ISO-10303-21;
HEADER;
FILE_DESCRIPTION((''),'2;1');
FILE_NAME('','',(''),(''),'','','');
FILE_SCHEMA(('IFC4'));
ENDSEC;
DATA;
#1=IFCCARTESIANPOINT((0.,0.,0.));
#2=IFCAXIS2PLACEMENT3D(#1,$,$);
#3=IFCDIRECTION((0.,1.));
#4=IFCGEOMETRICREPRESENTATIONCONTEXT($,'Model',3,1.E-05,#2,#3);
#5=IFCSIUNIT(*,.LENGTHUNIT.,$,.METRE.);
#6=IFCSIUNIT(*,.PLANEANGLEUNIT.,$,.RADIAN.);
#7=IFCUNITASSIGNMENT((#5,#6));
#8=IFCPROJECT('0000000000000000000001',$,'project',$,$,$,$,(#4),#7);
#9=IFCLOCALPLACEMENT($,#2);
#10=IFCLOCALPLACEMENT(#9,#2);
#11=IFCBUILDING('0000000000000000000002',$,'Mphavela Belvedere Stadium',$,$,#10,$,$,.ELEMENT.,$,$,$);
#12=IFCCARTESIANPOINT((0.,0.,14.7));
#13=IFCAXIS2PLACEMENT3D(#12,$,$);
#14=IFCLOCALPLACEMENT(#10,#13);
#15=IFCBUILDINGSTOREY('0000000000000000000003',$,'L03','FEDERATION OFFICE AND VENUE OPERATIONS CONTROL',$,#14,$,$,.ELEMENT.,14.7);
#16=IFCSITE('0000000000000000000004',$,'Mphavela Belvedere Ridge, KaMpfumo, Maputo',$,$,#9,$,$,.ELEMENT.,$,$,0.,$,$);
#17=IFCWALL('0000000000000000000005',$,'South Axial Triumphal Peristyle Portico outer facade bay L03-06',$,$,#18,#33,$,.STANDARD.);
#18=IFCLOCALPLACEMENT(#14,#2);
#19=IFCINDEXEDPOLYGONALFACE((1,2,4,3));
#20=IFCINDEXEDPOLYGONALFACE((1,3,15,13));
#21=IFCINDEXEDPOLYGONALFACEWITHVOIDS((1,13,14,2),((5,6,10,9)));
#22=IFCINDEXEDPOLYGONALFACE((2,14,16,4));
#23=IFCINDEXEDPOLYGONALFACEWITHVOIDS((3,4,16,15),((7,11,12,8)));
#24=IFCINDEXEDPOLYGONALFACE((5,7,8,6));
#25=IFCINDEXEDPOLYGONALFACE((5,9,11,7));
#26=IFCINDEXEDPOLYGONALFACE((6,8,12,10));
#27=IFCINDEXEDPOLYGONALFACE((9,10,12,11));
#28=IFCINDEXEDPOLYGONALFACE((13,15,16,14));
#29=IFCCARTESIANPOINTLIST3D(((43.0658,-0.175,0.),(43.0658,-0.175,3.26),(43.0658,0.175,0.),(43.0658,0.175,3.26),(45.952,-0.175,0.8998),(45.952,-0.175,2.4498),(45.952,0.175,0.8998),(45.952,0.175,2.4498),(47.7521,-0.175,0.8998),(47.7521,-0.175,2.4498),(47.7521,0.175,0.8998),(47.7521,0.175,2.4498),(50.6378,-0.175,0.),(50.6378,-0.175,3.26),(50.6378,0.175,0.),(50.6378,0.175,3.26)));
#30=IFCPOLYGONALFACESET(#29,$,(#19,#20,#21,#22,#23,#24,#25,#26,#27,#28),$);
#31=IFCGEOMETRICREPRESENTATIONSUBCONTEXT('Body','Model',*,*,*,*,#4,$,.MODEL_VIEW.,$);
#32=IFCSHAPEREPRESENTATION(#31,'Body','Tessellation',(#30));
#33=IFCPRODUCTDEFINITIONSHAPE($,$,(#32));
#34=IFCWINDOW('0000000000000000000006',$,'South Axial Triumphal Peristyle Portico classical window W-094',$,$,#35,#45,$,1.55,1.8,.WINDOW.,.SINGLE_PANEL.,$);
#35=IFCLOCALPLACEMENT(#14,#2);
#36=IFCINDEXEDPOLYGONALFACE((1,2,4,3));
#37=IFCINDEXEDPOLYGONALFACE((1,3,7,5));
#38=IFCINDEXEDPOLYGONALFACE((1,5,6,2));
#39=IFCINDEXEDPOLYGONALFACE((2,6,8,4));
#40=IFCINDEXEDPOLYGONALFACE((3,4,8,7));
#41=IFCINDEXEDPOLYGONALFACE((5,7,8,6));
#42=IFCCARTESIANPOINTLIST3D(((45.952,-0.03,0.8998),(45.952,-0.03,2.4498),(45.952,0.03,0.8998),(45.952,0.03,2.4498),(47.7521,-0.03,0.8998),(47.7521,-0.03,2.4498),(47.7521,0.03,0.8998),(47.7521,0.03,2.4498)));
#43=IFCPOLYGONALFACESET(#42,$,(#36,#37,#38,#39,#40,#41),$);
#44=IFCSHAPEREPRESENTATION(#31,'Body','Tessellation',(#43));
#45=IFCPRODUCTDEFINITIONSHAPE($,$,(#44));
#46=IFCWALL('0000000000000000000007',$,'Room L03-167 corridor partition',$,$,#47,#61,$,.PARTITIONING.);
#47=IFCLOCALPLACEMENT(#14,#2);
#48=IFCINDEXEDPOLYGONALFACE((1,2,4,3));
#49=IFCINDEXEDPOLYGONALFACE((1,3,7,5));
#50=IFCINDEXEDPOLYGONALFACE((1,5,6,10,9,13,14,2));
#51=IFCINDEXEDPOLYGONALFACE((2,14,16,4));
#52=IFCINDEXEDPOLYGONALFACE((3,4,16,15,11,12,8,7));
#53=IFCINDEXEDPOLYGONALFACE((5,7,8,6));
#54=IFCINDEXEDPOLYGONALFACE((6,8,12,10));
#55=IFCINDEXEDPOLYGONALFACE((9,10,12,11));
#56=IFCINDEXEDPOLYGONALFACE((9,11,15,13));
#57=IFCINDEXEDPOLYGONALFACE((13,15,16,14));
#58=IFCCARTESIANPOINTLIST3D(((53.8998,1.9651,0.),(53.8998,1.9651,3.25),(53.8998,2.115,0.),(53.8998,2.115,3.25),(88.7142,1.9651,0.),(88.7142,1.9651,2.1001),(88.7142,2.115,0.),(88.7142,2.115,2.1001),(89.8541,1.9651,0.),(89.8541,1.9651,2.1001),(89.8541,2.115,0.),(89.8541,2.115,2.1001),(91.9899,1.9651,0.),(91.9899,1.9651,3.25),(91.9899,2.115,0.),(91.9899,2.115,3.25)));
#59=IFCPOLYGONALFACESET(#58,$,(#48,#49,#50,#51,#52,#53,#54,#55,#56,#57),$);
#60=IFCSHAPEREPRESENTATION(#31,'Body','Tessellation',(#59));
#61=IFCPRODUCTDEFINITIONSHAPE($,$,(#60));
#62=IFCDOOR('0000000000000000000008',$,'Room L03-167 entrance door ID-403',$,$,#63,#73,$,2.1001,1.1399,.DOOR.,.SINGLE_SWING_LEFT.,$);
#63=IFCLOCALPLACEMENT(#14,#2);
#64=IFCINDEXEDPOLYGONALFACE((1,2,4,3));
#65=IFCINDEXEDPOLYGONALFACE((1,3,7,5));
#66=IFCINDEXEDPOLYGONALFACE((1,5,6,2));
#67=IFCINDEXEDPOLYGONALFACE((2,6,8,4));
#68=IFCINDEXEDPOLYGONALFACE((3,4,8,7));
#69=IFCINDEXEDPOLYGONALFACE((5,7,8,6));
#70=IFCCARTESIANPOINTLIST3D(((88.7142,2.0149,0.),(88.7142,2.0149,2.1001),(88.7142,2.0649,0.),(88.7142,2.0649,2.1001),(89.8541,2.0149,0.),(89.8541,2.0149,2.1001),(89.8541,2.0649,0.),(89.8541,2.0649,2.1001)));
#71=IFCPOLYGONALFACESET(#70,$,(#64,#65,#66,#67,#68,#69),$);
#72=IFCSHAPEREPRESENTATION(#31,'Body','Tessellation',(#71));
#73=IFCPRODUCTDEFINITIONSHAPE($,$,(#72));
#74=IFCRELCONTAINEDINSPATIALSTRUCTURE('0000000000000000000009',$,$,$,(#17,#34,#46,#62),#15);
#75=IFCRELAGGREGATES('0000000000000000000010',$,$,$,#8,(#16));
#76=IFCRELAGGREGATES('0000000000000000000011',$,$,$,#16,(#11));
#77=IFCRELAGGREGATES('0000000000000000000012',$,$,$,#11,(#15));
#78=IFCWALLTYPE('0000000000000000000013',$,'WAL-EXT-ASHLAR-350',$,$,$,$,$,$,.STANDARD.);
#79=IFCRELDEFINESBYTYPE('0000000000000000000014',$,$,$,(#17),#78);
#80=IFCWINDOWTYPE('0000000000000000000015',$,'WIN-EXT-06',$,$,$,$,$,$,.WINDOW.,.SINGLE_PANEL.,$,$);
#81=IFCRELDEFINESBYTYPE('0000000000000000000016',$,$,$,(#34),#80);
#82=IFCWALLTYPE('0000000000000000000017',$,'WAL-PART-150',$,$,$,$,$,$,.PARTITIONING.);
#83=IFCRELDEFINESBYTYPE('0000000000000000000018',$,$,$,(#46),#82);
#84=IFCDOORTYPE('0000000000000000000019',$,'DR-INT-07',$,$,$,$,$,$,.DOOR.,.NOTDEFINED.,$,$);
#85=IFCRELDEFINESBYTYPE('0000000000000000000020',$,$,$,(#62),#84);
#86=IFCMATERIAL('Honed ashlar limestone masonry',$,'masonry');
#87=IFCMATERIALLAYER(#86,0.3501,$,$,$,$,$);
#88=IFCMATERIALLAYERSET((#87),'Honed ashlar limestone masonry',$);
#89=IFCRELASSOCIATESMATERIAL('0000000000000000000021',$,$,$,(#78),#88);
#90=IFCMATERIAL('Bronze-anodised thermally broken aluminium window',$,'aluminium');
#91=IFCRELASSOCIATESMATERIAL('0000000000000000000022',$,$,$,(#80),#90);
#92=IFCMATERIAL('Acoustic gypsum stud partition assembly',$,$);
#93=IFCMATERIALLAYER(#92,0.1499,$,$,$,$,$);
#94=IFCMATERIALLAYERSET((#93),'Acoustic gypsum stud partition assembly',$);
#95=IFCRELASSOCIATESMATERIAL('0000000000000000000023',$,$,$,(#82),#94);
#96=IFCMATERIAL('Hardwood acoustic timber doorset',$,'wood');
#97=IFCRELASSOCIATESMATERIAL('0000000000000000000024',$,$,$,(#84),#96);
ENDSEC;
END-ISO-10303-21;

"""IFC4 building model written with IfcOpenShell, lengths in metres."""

from ifc_helpers import new_model, si_unit, direction, frame, frame_2d, origin, place, context, subcontext, project, spatial, rectangle, extrude, material, layer, layer_set, type_object, element, fill, save


model = new_model("IFC4")

# Units and contexts
model_context = context("Model", 3, precision=1e-05, world=origin(), true_north=direction((0.0, 1.0)))
body_context = subcontext(model_context, "Body", "Model", "MODEL_VIEW")
ifc_project = project(units=[si_unit("LENGTHUNIT", "METRE"), si_unit("PLANEANGLEUNIT", "RADIAN")], contexts=[model_context])

# Site, building, storey
site_placement = place(None, origin())
site = spatial("IfcSite", under=ifc_project, at=site_placement, Name="Mphavela Belvedere Ridge, KaMpfumo, Maputo", CompositionType="ELEMENT", RefElevation=0.0)
building_placement = place(site_placement, origin())
building = spatial("IfcBuilding", under=site, at=building_placement, Name="Mphavela Belvedere Stadium", CompositionType="ELEMENT")
storey_placement = place(building_placement, frame((0.0, 0.0, 14.7)))
storey = spatial("IfcBuildingStorey", under=building, at=storey_placement, Name="L03", Description="FEDERATION OFFICE AND VENUE OPERATIONS CONTROL", CompositionType="ELEMENT", Elevation=14.7)

# Wall, opening, window
ifc_material_1 = material(Name="Honed ashlar limestone masonry", Category="masonry")
ifc_layer_1 = layer(ifc_material_1, 0.3501)
ifc_layer_set_1 = layer_set([ifc_layer_1], Name="Honed ashlar limestone masonry")
wall_type_1 = type_object("IfcWallType", Name="WAL-EXT-ASHLAR-350", PredefinedType="STANDARD", material=ifc_layer_set_1)
wall_1_placement = place(storey_placement, frame((50.6379, 0.0, 0.0), z_axis=(0.0, 0.0, 1.0), x_axis=(-1.0, 0.0, 0.0)))
wall_1 = element("IfcWall", 1, at=wall_1_placement, inside=storey, type_object=wall_type_1, Name="South Axial Triumphal Peristyle Portico outer facade bay L03-06", PredefinedType="STANDARD", context=body_context, shape_type="SweptSolid", body=[
    extrude(rectangle(XDim=7.572, YDim=0.3501, at=frame_2d((3.7861, 0.0))), origin(), (0.0, 0.0, 1.0), 3.26),
])
opening_1_placement = place(wall_1_placement, frame((2.886, 0.0, 0.8999)))
opening_1 = element("IfcOpeningElement", 2, at=opening_1_placement, cuts=wall_1, PredefinedType="OPENING", context=body_context, shape_type="SweptSolid", body=[
    extrude(rectangle(XDim=1.8, YDim=1.55, at=frame_2d((0.8999, 0.7749))), frame((0.0, 0.1851, 0.0), z_axis=(0.0, -1.0, 0.0), x_axis=(1.0, 0.0, 0.0)), (0.0, 0.0, 1.0), 0.3701),
])
ifc_material_2 = material(Name="Bronze-anodised thermally broken aluminium window", Category="aluminium")
window_type_1 = type_object("IfcWindowType", Name="WIN-EXT-06", PartitioningType="SINGLE_PANEL", PredefinedType="WINDOW", material=ifc_material_2)
window_1_placement = place(opening_1_placement, origin())
window_1 = element("IfcWindow", 3, at=window_1_placement, inside=storey, type_object=window_type_1, Name="South Axial Triumphal Peristyle Portico classical window W-094", OverallHeight=1.55, OverallWidth=1.8, PartitioningType="SINGLE_PANEL", PredefinedType="WINDOW", context=body_context, shape_type="SweptSolid", body=[
    extrude(rectangle(XDim=1.8, YDim=1.55, at=frame_2d((0.8999, 0.7749))), frame((0.0, 0.03, 0.0), z_axis=(0.0, -1.0, 0.0), x_axis=(1.0, 0.0, 0.0)), (0.0, 0.0, 1.0), 0.0601),
])
fill(opening_1, window_1)

# Wall, opening, door
ifc_material_3 = material(Name="Acoustic gypsum stud partition assembly")
ifc_layer_2 = layer(ifc_material_3, 0.1499)
ifc_layer_set_2 = layer_set([ifc_layer_2], Name="Acoustic gypsum stud partition assembly")
wall_type_2 = type_object("IfcWallType", Name="WAL-PART-150", PredefinedType="PARTITIONING", material=ifc_layer_set_2)
wall_2_placement = place(storey_placement, frame((53.8999, 2.04, 0.0), z_axis=(0.0, 0.0, 1.0), x_axis=(1.0, 0.0, 0.0)))
wall_2 = element("IfcWall", 4, at=wall_2_placement, inside=storey, type_object=wall_type_2, Name="Room L03-167 corridor partition", PredefinedType="PARTITIONING", context=body_context, shape_type="SweptSolid", body=[
    extrude(rectangle(XDim=38.0901, YDim=0.1499, at=frame_2d((19.0449, 0.0))), origin(), (0.0, 0.0, 1.0), 3.25),
])
opening_2_placement = place(wall_2_placement, frame((34.8145, 0.0, 0.0)))
opening_2 = element("IfcOpeningElement", 5, at=opening_2_placement, cuts=wall_2, PredefinedType="OPENING", context=body_context, shape_type="SweptSolid", body=[
    extrude(rectangle(XDim=1.1399, YDim=2.1001, at=frame_2d((0.5698, 1.05))), frame((0.0, 0.085, 0.0), z_axis=(0.0, -1.0, 0.0), x_axis=(1.0, 0.0, 0.0)), (0.0, 0.0, 1.0), 0.1699),
])
ifc_material_4 = material(Name="Hardwood acoustic timber doorset", Category="wood")
door_type = type_object("IfcDoorType", Name="DR-INT-07", OperationType="NOTDEFINED", PredefinedType="DOOR", material=ifc_material_4)
door_placement = place(opening_2_placement, origin())
door = element("IfcDoor", 6, at=door_placement, inside=storey, type_object=door_type, Name="Room L03-167 entrance door ID-403", OperationType="SINGLE_SWING_LEFT", OverallHeight=2.1001, OverallWidth=1.1399, PredefinedType="DOOR", context=body_context, shape_type="SweptSolid", body=[
    extrude(rectangle(XDim=1.1399, YDim=2.1001, at=frame_2d((0.5698, 1.05))), frame((0.0, 0.0249, 0.0), z_axis=(0.0, -1.0, 0.0), x_axis=(1.0, 0.0, 0.0)), (0.0, 0.0, 1.0), 0.05),
])
fill(opening_2, door)

save(model, "model.ifc")
